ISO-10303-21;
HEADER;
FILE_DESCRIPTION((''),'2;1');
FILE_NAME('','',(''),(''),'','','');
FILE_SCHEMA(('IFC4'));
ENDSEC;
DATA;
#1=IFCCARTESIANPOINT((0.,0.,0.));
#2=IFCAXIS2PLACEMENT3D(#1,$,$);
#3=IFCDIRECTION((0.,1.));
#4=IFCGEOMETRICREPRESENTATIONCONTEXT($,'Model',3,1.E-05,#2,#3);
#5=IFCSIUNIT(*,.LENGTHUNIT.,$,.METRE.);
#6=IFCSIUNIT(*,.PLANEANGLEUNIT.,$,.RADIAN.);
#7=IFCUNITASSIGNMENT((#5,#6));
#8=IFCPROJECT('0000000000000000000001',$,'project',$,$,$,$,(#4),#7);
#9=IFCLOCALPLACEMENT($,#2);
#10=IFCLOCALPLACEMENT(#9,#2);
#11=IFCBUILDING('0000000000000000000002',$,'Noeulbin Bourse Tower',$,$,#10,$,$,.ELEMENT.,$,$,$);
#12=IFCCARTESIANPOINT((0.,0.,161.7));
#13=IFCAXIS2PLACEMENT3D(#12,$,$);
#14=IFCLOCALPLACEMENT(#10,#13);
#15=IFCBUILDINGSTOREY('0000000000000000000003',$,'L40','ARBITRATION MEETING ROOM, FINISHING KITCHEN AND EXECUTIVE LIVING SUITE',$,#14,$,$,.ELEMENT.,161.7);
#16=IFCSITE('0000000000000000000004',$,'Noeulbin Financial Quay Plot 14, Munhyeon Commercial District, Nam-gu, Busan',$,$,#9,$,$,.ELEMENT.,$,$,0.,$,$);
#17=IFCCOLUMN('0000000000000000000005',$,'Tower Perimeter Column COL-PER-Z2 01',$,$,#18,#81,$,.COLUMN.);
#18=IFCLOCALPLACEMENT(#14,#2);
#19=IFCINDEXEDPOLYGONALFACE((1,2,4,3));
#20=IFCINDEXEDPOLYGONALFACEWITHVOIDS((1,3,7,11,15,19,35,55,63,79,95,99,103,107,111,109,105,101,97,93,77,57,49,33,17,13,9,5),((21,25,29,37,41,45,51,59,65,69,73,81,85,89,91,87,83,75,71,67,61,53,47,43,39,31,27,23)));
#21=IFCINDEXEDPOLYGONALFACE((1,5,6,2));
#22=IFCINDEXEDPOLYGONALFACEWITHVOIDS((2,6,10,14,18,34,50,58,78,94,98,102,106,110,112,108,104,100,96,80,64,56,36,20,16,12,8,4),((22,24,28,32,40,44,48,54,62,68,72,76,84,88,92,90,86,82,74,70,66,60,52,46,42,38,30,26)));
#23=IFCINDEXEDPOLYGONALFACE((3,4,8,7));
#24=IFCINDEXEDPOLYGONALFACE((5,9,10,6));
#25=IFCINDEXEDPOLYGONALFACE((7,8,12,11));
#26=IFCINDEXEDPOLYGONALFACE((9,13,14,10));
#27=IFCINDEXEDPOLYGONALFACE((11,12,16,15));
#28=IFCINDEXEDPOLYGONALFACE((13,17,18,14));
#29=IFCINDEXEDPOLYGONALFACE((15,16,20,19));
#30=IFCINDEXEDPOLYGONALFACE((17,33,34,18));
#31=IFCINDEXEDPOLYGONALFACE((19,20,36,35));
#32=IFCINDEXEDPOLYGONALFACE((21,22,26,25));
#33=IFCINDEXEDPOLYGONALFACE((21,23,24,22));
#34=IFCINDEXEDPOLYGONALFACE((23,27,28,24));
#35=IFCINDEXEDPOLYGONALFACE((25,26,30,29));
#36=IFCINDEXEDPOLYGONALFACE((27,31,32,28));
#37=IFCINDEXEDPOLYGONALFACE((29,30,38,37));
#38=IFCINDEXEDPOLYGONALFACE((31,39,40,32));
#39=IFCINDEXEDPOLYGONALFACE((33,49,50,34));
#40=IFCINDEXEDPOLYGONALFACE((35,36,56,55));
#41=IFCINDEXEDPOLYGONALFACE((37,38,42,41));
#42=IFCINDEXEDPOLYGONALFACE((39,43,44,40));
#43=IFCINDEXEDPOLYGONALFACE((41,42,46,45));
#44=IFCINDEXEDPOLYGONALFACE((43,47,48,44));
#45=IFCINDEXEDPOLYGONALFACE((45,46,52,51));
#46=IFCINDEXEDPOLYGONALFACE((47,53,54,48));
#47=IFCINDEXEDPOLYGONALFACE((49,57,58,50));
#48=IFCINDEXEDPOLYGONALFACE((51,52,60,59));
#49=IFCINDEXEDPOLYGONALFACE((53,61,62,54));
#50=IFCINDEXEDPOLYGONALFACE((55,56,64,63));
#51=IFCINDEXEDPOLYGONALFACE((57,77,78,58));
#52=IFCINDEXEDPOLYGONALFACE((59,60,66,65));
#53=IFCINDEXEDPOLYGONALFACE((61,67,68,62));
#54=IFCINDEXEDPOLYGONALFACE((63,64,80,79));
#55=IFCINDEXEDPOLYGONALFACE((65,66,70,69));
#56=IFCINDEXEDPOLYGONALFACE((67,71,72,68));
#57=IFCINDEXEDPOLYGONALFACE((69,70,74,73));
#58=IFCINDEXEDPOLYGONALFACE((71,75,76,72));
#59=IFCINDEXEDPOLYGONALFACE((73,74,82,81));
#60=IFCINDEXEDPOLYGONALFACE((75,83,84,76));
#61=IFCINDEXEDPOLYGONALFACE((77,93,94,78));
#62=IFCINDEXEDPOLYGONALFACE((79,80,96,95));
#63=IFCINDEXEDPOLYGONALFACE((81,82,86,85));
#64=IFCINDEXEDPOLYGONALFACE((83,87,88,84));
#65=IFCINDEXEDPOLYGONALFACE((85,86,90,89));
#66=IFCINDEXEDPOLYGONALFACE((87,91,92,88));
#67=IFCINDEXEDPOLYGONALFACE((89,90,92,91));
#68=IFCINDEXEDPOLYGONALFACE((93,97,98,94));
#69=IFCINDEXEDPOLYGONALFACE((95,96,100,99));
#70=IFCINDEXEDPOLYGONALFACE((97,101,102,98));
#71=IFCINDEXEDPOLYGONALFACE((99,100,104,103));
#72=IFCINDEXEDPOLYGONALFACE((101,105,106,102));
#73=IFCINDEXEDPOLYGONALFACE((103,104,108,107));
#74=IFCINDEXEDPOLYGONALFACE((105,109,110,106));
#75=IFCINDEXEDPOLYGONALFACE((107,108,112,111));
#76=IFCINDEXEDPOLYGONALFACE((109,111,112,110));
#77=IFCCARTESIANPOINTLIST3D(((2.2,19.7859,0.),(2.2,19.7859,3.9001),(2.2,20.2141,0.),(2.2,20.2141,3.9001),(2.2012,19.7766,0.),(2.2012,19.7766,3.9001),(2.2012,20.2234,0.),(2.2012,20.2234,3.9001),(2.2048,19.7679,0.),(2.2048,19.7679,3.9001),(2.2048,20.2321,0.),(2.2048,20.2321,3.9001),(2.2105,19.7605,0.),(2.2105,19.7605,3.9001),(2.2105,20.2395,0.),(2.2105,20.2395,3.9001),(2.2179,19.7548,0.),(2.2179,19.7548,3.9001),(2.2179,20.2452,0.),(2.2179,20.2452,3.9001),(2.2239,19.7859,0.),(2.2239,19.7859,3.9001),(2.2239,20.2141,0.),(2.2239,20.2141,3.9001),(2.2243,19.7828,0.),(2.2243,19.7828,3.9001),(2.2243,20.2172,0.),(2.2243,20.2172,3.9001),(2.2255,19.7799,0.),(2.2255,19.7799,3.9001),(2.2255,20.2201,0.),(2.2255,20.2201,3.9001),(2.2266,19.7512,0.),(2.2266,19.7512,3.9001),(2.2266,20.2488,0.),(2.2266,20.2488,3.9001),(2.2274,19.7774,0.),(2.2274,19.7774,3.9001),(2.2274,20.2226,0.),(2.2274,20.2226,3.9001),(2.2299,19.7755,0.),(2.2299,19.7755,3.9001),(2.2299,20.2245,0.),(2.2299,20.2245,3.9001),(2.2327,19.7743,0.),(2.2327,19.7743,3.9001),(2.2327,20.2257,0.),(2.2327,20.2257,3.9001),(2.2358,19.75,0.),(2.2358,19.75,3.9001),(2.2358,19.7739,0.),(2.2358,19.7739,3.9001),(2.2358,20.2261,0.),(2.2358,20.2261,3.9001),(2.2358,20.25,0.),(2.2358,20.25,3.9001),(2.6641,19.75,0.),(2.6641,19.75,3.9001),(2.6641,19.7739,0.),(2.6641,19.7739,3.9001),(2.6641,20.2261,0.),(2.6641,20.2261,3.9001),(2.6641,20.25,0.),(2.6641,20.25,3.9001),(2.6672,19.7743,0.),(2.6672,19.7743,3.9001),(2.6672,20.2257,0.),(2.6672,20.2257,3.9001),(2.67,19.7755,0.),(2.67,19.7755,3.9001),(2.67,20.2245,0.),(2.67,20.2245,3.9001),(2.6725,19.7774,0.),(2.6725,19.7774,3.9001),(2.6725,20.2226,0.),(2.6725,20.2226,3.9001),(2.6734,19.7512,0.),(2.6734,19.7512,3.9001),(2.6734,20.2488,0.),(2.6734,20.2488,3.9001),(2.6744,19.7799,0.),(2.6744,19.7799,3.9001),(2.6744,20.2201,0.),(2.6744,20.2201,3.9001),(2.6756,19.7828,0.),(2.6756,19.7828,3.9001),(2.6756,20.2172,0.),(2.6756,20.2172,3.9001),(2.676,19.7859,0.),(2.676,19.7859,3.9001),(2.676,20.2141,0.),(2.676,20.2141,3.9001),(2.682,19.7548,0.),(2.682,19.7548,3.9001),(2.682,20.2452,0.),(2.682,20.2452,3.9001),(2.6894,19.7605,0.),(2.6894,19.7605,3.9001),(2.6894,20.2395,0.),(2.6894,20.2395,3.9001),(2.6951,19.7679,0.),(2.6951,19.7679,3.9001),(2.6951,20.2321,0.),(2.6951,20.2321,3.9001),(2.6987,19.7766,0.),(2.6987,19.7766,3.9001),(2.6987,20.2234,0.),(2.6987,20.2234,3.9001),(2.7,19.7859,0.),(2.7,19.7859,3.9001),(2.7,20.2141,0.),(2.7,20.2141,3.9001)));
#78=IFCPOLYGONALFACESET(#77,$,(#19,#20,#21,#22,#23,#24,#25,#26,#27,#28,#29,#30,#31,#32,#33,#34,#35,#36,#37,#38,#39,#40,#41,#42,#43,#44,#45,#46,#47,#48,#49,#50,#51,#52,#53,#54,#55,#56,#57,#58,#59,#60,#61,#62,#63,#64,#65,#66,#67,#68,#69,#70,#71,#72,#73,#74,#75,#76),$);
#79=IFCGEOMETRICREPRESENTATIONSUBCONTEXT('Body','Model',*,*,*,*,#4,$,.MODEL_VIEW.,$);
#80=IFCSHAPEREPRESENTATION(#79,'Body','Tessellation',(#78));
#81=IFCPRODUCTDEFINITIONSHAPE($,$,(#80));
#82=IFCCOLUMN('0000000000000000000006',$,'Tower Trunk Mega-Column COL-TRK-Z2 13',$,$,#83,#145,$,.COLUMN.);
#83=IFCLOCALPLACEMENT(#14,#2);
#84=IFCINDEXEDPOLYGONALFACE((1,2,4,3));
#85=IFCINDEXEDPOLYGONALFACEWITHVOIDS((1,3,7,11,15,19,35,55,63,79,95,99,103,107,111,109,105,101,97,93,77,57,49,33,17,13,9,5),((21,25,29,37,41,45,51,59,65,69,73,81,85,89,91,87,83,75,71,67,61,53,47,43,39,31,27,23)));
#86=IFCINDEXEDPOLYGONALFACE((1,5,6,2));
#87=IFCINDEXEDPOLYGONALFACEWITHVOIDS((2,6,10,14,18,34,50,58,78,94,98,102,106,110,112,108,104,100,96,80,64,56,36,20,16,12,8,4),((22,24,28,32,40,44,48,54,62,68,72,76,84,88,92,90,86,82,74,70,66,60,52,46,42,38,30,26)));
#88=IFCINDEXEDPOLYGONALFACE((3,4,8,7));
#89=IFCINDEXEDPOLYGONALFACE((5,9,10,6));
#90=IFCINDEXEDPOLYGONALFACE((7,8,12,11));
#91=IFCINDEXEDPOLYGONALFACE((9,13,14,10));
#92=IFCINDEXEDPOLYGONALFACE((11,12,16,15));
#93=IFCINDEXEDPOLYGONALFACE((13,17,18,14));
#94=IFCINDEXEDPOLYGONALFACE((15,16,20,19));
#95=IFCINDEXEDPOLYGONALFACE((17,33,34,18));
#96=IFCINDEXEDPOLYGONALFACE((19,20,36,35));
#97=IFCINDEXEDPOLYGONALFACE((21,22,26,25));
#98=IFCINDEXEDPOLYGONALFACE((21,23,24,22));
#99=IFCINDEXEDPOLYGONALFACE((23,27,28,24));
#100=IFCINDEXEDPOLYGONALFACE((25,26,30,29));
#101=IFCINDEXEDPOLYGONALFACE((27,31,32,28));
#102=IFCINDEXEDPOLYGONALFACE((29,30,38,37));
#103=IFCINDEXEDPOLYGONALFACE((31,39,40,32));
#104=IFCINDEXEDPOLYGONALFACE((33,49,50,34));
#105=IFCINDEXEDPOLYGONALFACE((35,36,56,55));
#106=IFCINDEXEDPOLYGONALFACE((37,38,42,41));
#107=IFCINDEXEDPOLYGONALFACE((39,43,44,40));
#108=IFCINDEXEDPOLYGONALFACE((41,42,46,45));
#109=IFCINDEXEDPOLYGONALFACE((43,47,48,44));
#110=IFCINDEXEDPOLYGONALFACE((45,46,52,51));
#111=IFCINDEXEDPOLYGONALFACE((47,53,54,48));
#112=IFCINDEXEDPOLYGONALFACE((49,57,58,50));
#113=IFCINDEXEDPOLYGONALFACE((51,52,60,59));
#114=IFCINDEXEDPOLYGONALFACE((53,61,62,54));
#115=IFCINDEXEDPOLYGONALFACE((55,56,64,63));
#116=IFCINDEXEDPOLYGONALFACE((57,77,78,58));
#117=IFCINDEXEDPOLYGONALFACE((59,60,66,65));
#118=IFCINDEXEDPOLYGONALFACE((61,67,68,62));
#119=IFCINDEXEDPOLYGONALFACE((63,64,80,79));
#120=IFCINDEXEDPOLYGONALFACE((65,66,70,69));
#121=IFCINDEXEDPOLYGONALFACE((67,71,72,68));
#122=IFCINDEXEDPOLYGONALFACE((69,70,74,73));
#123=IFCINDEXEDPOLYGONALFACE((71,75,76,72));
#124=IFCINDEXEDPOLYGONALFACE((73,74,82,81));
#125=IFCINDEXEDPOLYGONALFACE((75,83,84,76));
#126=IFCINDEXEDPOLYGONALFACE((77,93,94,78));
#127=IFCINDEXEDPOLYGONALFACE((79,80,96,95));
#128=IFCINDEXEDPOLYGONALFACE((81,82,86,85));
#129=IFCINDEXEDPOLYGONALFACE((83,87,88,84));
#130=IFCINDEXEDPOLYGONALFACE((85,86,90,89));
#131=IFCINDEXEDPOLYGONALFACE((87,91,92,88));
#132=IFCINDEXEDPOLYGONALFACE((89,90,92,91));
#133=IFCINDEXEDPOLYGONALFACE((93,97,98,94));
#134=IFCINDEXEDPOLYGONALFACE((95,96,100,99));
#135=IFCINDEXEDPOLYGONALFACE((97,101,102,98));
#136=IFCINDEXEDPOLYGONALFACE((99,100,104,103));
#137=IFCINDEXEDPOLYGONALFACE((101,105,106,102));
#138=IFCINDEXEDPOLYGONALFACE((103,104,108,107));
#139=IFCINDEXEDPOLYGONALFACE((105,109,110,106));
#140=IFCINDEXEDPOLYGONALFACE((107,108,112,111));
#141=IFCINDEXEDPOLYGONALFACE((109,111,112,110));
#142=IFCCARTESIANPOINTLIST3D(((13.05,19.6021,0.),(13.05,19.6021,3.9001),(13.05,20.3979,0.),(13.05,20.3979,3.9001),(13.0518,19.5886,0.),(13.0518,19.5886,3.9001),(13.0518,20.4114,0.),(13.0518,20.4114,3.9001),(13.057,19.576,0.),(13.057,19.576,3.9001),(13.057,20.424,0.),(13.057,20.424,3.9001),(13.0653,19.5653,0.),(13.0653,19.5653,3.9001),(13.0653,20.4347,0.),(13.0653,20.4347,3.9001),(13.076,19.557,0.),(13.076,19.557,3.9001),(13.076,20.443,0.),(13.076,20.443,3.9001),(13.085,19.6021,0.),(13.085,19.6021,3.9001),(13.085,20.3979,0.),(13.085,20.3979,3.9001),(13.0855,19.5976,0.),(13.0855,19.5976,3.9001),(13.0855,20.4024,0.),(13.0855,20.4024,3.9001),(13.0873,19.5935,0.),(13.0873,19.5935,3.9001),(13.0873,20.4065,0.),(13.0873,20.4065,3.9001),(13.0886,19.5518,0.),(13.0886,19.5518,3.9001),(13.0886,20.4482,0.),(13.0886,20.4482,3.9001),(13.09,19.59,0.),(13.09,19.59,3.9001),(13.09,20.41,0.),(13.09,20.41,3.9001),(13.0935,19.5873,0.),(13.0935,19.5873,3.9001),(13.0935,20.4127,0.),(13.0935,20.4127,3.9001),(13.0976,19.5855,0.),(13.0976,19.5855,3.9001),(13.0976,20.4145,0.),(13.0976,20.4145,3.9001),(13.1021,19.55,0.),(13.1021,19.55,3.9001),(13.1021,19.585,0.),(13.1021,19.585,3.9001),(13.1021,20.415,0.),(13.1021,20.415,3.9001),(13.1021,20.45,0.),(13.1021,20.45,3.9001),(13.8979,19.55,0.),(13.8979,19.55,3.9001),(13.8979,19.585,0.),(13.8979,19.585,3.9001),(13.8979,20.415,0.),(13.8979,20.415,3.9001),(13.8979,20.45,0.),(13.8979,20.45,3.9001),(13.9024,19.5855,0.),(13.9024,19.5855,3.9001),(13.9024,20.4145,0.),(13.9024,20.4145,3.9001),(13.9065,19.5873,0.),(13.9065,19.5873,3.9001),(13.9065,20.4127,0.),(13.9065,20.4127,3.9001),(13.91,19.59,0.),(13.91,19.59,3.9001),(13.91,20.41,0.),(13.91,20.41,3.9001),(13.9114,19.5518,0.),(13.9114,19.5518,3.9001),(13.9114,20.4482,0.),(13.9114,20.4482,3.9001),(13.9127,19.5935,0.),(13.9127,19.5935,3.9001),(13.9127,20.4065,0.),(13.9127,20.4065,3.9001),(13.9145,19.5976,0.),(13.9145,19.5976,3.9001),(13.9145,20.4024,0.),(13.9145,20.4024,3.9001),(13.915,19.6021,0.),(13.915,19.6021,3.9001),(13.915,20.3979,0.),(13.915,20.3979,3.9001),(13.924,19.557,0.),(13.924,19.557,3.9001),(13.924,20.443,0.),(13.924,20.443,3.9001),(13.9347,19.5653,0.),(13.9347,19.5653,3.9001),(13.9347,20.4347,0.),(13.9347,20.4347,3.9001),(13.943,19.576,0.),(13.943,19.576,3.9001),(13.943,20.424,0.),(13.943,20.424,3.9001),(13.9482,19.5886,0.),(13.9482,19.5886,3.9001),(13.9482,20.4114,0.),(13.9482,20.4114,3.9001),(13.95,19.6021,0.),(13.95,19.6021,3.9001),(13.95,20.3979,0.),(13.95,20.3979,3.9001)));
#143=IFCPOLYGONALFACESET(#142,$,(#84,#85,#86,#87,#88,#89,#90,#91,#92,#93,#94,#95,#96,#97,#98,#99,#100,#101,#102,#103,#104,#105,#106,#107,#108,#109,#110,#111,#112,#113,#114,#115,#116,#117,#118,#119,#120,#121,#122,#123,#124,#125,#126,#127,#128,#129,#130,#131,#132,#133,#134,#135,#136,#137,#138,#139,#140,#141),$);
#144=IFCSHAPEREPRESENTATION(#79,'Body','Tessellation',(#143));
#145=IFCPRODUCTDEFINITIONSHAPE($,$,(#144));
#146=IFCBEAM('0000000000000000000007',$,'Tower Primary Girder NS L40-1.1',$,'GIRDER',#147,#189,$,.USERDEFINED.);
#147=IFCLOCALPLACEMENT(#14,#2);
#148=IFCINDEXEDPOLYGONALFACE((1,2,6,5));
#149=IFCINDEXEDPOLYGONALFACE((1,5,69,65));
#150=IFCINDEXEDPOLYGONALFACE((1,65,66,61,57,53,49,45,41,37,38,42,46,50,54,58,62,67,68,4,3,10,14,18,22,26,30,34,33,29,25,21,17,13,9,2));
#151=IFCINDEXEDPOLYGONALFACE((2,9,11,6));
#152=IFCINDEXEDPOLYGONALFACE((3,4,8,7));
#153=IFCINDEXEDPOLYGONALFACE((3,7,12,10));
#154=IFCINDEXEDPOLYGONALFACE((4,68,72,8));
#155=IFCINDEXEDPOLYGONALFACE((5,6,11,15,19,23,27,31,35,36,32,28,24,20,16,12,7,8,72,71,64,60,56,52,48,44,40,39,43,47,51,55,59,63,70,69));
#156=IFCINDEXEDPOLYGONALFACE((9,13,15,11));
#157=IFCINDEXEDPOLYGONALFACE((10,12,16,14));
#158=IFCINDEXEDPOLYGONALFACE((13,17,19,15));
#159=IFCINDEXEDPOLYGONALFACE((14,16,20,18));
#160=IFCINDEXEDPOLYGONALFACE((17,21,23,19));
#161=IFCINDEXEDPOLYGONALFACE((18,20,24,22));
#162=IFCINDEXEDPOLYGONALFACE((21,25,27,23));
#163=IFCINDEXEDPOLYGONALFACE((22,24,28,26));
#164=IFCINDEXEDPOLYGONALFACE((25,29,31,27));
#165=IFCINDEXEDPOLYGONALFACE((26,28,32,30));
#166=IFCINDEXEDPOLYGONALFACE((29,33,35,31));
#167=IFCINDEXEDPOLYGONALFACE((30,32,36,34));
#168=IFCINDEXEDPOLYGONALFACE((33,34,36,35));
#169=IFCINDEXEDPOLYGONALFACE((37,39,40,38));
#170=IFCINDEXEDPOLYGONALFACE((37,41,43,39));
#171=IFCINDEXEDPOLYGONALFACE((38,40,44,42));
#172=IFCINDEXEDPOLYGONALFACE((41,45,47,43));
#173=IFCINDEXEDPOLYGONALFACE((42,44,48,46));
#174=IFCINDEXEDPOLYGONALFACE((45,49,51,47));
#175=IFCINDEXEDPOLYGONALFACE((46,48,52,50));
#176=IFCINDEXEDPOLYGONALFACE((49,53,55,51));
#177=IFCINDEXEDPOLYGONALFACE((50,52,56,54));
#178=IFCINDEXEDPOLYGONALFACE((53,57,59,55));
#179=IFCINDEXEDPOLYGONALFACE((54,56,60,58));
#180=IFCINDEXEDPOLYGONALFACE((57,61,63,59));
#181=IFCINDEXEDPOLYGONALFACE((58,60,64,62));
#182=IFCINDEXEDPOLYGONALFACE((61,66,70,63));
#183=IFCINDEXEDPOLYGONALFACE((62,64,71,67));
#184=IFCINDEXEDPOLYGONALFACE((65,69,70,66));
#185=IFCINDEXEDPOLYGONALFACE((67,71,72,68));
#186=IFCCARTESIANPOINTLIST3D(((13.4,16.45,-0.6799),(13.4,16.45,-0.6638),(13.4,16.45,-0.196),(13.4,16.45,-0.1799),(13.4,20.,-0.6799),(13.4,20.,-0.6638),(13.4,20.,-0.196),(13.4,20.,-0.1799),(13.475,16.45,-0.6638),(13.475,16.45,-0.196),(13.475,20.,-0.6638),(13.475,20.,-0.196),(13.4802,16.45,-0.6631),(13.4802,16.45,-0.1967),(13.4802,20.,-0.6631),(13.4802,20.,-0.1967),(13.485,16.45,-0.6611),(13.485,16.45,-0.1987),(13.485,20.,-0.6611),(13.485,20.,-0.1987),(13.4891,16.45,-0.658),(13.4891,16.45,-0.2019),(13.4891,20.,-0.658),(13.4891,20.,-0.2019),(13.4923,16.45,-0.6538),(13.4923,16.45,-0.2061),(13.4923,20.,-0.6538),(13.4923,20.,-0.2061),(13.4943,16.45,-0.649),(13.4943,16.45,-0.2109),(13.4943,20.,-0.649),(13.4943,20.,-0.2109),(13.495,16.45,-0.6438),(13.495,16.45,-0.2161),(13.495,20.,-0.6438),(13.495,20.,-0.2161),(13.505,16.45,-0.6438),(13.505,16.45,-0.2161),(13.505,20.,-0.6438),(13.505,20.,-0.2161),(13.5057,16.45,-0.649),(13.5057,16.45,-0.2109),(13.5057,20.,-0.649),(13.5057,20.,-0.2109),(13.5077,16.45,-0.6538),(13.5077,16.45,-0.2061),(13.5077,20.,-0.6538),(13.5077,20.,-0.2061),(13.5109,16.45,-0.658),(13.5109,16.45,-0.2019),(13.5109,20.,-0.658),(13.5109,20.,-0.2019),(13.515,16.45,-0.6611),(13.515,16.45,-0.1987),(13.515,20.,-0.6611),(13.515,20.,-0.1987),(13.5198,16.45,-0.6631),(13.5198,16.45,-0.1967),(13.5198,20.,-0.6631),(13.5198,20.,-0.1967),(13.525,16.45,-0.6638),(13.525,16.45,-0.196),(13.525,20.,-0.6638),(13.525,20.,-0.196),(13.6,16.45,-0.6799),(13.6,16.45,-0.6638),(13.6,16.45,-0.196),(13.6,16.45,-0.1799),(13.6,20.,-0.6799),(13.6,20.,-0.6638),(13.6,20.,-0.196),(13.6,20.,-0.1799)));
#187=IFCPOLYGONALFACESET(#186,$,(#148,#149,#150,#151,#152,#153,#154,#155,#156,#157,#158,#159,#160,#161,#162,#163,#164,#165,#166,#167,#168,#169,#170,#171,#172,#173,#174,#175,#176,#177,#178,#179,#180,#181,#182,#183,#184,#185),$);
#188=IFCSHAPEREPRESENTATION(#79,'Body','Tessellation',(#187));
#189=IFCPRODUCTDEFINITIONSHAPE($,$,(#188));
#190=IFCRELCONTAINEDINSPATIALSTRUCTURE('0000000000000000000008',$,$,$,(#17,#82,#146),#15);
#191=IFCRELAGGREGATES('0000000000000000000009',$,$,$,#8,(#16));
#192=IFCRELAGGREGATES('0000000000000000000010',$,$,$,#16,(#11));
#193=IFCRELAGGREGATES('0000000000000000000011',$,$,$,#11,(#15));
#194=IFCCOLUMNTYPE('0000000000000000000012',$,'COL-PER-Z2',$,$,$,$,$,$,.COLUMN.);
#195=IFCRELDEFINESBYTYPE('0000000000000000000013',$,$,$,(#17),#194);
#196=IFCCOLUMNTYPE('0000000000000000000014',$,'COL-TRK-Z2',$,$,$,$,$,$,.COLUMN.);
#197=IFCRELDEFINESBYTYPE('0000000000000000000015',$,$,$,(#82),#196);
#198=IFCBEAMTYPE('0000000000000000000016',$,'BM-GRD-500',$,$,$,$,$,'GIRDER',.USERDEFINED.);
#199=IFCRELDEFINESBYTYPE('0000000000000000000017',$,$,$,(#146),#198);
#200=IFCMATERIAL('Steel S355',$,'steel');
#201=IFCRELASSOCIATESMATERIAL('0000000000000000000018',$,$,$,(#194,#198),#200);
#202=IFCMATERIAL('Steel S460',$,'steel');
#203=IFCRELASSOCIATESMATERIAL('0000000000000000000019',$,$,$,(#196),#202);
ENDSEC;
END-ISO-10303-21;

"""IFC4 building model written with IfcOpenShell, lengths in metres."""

from ifc_helpers import new_model, si_unit, direction, frame, origin, origin_2d, place, context, subcontext, project, spatial, hollow_rectangle, i_section, extrude, material, material_profile, profile_set, type_object, element, save


model = new_model("IFC4")

# Units and contexts
model_context = context("Model", 3, precision=1e-05, world=origin(), true_north=direction((0.0, 1.0)))
body_context = subcontext(model_context, "Body", "Model", "MODEL_VIEW")
ifc_project = project(units=[si_unit("LENGTHUNIT", "METRE"), si_unit("PLANEANGLEUNIT", "RADIAN")], contexts=[model_context])

# Site, building, storey
site_placement = place(None, origin())
site = spatial("IfcSite", under=ifc_project, at=site_placement, Name="Noeulbin Financial Quay Plot 14, Munhyeon Commercial District, Nam-gu, Busan", CompositionType="ELEMENT", RefElevation=0.0)
building_placement = place(site_placement, origin())
building = spatial("IfcBuilding", under=site, at=building_placement, Name="Noeulbin Bourse Tower", CompositionType="ELEMENT")
storey_placement = place(building_placement, frame((0.0, 0.0, 161.7)))
storey = spatial("IfcBuildingStorey", under=building, at=storey_placement, Name="L40", Description="ARBITRATION MEETING ROOM, FINISHING KITCHEN AND EXECUTIVE LIVING SUITE", CompositionType="ELEMENT", Elevation=161.7)

# Columns
ifc_material_1 = material(Name="Steel S355", Category="steel")
ifc_material_profile_1 = material_profile(ifc_material_1, hollow_rectangle(XDim=0.5, YDim=0.5, WallThickness=0.0239, InnerFilletRadius=0.012, OuterFilletRadius=0.0359, at=origin_2d()), Name="BOX-500x500x24", Category="LoadBearing")
ifc_profile_set_1 = profile_set([ifc_material_profile_1], Name="Steel S355")
column_type_1 = type_object("IfcColumnType", Name="COL-PER-Z2", PredefinedType="COLUMN", material=ifc_profile_set_1)
column_1_placement = place(storey_placement, frame((2.45, 20.0, 0.0), z_axis=(0.0, 0.0, 1.0), x_axis=(1.0, 0.0, 0.0)))
element("IfcColumn", 1, at=column_1_placement, inside=storey, type_object=column_type_1, Name="Tower Perimeter Column COL-PER-Z2 01", PredefinedType="COLUMN", context=body_context, shape_type="SweptSolid", body=[
    extrude(hollow_rectangle(XDim=0.5, YDim=0.5, WallThickness=0.0239, InnerFilletRadius=0.012, OuterFilletRadius=0.0359, at=origin_2d()), origin(), (0.0, 0.0, 1.0), 3.9001),
])
ifc_material_2 = material(Name="Steel S460", Category="steel")
ifc_material_profile_2 = material_profile(ifc_material_2, hollow_rectangle(XDim=0.8999, YDim=0.8999, WallThickness=0.0349, InnerFilletRadius=0.0171, OuterFilletRadius=0.052, at=origin_2d()), Name="BOX-900x900x35", Category="LoadBearing")
ifc_profile_set_2 = profile_set([ifc_material_profile_2], Name="Steel S460")
column_type_2 = type_object("IfcColumnType", Name="COL-TRK-Z2", PredefinedType="COLUMN", material=ifc_profile_set_2)
column_2_placement = place(storey_placement, frame((13.5, 20.0, 0.0), z_axis=(0.0, 0.0, 1.0), x_axis=(1.0, 0.0, 0.0)))
element("IfcColumn", 2, at=column_2_placement, inside=storey, type_object=column_type_2, Name="Tower Trunk Mega-Column COL-TRK-Z2 13", PredefinedType="COLUMN", context=body_context, shape_type="SweptSolid", body=[
    extrude(hollow_rectangle(XDim=0.8999, YDim=0.8999, WallThickness=0.0349, InnerFilletRadius=0.0171, OuterFilletRadius=0.052, at=origin_2d()), origin(), (0.0, 0.0, 1.0), 3.9001),
])

# Beam
ifc_material_profile_3 = material_profile(ifc_material_1, i_section(OverallWidth=0.2, OverallDepth=0.5, WebThickness=0.01, FlangeThickness=0.0161, FilletRadius=0.02, at=origin_2d()), Name="H-500x200x10x16", Category="LoadBearing")
ifc_profile_set_3 = profile_set([ifc_material_profile_3], Name="Steel S355")
beam_type_1 = type_object("IfcBeamType", Name="BM-GRD-500", ElementType="GIRDER", PredefinedType="USERDEFINED", material=ifc_profile_set_3)
beam_1_placement = place(storey_placement, frame((13.5, 16.45, -0.4299), z_axis=(0.0, 1.0, 0.0), x_axis=(-1.0, 0.0, 0.0)))
element("IfcBeam", 3, at=beam_1_placement, inside=storey, type_object=beam_type_1, Name="Tower Primary Girder NS L40-1.1", ObjectType="GIRDER", PredefinedType="USERDEFINED", context=body_context, shape_type="SweptSolid", body=[
    extrude(i_section(OverallWidth=0.2, OverallDepth=0.5, WebThickness=0.01, FlangeThickness=0.0161, FilletRadius=0.02, at=origin_2d()), origin(), (0.0, 0.0, 1.0), 3.55),
])

save(model, "model.ifc")
